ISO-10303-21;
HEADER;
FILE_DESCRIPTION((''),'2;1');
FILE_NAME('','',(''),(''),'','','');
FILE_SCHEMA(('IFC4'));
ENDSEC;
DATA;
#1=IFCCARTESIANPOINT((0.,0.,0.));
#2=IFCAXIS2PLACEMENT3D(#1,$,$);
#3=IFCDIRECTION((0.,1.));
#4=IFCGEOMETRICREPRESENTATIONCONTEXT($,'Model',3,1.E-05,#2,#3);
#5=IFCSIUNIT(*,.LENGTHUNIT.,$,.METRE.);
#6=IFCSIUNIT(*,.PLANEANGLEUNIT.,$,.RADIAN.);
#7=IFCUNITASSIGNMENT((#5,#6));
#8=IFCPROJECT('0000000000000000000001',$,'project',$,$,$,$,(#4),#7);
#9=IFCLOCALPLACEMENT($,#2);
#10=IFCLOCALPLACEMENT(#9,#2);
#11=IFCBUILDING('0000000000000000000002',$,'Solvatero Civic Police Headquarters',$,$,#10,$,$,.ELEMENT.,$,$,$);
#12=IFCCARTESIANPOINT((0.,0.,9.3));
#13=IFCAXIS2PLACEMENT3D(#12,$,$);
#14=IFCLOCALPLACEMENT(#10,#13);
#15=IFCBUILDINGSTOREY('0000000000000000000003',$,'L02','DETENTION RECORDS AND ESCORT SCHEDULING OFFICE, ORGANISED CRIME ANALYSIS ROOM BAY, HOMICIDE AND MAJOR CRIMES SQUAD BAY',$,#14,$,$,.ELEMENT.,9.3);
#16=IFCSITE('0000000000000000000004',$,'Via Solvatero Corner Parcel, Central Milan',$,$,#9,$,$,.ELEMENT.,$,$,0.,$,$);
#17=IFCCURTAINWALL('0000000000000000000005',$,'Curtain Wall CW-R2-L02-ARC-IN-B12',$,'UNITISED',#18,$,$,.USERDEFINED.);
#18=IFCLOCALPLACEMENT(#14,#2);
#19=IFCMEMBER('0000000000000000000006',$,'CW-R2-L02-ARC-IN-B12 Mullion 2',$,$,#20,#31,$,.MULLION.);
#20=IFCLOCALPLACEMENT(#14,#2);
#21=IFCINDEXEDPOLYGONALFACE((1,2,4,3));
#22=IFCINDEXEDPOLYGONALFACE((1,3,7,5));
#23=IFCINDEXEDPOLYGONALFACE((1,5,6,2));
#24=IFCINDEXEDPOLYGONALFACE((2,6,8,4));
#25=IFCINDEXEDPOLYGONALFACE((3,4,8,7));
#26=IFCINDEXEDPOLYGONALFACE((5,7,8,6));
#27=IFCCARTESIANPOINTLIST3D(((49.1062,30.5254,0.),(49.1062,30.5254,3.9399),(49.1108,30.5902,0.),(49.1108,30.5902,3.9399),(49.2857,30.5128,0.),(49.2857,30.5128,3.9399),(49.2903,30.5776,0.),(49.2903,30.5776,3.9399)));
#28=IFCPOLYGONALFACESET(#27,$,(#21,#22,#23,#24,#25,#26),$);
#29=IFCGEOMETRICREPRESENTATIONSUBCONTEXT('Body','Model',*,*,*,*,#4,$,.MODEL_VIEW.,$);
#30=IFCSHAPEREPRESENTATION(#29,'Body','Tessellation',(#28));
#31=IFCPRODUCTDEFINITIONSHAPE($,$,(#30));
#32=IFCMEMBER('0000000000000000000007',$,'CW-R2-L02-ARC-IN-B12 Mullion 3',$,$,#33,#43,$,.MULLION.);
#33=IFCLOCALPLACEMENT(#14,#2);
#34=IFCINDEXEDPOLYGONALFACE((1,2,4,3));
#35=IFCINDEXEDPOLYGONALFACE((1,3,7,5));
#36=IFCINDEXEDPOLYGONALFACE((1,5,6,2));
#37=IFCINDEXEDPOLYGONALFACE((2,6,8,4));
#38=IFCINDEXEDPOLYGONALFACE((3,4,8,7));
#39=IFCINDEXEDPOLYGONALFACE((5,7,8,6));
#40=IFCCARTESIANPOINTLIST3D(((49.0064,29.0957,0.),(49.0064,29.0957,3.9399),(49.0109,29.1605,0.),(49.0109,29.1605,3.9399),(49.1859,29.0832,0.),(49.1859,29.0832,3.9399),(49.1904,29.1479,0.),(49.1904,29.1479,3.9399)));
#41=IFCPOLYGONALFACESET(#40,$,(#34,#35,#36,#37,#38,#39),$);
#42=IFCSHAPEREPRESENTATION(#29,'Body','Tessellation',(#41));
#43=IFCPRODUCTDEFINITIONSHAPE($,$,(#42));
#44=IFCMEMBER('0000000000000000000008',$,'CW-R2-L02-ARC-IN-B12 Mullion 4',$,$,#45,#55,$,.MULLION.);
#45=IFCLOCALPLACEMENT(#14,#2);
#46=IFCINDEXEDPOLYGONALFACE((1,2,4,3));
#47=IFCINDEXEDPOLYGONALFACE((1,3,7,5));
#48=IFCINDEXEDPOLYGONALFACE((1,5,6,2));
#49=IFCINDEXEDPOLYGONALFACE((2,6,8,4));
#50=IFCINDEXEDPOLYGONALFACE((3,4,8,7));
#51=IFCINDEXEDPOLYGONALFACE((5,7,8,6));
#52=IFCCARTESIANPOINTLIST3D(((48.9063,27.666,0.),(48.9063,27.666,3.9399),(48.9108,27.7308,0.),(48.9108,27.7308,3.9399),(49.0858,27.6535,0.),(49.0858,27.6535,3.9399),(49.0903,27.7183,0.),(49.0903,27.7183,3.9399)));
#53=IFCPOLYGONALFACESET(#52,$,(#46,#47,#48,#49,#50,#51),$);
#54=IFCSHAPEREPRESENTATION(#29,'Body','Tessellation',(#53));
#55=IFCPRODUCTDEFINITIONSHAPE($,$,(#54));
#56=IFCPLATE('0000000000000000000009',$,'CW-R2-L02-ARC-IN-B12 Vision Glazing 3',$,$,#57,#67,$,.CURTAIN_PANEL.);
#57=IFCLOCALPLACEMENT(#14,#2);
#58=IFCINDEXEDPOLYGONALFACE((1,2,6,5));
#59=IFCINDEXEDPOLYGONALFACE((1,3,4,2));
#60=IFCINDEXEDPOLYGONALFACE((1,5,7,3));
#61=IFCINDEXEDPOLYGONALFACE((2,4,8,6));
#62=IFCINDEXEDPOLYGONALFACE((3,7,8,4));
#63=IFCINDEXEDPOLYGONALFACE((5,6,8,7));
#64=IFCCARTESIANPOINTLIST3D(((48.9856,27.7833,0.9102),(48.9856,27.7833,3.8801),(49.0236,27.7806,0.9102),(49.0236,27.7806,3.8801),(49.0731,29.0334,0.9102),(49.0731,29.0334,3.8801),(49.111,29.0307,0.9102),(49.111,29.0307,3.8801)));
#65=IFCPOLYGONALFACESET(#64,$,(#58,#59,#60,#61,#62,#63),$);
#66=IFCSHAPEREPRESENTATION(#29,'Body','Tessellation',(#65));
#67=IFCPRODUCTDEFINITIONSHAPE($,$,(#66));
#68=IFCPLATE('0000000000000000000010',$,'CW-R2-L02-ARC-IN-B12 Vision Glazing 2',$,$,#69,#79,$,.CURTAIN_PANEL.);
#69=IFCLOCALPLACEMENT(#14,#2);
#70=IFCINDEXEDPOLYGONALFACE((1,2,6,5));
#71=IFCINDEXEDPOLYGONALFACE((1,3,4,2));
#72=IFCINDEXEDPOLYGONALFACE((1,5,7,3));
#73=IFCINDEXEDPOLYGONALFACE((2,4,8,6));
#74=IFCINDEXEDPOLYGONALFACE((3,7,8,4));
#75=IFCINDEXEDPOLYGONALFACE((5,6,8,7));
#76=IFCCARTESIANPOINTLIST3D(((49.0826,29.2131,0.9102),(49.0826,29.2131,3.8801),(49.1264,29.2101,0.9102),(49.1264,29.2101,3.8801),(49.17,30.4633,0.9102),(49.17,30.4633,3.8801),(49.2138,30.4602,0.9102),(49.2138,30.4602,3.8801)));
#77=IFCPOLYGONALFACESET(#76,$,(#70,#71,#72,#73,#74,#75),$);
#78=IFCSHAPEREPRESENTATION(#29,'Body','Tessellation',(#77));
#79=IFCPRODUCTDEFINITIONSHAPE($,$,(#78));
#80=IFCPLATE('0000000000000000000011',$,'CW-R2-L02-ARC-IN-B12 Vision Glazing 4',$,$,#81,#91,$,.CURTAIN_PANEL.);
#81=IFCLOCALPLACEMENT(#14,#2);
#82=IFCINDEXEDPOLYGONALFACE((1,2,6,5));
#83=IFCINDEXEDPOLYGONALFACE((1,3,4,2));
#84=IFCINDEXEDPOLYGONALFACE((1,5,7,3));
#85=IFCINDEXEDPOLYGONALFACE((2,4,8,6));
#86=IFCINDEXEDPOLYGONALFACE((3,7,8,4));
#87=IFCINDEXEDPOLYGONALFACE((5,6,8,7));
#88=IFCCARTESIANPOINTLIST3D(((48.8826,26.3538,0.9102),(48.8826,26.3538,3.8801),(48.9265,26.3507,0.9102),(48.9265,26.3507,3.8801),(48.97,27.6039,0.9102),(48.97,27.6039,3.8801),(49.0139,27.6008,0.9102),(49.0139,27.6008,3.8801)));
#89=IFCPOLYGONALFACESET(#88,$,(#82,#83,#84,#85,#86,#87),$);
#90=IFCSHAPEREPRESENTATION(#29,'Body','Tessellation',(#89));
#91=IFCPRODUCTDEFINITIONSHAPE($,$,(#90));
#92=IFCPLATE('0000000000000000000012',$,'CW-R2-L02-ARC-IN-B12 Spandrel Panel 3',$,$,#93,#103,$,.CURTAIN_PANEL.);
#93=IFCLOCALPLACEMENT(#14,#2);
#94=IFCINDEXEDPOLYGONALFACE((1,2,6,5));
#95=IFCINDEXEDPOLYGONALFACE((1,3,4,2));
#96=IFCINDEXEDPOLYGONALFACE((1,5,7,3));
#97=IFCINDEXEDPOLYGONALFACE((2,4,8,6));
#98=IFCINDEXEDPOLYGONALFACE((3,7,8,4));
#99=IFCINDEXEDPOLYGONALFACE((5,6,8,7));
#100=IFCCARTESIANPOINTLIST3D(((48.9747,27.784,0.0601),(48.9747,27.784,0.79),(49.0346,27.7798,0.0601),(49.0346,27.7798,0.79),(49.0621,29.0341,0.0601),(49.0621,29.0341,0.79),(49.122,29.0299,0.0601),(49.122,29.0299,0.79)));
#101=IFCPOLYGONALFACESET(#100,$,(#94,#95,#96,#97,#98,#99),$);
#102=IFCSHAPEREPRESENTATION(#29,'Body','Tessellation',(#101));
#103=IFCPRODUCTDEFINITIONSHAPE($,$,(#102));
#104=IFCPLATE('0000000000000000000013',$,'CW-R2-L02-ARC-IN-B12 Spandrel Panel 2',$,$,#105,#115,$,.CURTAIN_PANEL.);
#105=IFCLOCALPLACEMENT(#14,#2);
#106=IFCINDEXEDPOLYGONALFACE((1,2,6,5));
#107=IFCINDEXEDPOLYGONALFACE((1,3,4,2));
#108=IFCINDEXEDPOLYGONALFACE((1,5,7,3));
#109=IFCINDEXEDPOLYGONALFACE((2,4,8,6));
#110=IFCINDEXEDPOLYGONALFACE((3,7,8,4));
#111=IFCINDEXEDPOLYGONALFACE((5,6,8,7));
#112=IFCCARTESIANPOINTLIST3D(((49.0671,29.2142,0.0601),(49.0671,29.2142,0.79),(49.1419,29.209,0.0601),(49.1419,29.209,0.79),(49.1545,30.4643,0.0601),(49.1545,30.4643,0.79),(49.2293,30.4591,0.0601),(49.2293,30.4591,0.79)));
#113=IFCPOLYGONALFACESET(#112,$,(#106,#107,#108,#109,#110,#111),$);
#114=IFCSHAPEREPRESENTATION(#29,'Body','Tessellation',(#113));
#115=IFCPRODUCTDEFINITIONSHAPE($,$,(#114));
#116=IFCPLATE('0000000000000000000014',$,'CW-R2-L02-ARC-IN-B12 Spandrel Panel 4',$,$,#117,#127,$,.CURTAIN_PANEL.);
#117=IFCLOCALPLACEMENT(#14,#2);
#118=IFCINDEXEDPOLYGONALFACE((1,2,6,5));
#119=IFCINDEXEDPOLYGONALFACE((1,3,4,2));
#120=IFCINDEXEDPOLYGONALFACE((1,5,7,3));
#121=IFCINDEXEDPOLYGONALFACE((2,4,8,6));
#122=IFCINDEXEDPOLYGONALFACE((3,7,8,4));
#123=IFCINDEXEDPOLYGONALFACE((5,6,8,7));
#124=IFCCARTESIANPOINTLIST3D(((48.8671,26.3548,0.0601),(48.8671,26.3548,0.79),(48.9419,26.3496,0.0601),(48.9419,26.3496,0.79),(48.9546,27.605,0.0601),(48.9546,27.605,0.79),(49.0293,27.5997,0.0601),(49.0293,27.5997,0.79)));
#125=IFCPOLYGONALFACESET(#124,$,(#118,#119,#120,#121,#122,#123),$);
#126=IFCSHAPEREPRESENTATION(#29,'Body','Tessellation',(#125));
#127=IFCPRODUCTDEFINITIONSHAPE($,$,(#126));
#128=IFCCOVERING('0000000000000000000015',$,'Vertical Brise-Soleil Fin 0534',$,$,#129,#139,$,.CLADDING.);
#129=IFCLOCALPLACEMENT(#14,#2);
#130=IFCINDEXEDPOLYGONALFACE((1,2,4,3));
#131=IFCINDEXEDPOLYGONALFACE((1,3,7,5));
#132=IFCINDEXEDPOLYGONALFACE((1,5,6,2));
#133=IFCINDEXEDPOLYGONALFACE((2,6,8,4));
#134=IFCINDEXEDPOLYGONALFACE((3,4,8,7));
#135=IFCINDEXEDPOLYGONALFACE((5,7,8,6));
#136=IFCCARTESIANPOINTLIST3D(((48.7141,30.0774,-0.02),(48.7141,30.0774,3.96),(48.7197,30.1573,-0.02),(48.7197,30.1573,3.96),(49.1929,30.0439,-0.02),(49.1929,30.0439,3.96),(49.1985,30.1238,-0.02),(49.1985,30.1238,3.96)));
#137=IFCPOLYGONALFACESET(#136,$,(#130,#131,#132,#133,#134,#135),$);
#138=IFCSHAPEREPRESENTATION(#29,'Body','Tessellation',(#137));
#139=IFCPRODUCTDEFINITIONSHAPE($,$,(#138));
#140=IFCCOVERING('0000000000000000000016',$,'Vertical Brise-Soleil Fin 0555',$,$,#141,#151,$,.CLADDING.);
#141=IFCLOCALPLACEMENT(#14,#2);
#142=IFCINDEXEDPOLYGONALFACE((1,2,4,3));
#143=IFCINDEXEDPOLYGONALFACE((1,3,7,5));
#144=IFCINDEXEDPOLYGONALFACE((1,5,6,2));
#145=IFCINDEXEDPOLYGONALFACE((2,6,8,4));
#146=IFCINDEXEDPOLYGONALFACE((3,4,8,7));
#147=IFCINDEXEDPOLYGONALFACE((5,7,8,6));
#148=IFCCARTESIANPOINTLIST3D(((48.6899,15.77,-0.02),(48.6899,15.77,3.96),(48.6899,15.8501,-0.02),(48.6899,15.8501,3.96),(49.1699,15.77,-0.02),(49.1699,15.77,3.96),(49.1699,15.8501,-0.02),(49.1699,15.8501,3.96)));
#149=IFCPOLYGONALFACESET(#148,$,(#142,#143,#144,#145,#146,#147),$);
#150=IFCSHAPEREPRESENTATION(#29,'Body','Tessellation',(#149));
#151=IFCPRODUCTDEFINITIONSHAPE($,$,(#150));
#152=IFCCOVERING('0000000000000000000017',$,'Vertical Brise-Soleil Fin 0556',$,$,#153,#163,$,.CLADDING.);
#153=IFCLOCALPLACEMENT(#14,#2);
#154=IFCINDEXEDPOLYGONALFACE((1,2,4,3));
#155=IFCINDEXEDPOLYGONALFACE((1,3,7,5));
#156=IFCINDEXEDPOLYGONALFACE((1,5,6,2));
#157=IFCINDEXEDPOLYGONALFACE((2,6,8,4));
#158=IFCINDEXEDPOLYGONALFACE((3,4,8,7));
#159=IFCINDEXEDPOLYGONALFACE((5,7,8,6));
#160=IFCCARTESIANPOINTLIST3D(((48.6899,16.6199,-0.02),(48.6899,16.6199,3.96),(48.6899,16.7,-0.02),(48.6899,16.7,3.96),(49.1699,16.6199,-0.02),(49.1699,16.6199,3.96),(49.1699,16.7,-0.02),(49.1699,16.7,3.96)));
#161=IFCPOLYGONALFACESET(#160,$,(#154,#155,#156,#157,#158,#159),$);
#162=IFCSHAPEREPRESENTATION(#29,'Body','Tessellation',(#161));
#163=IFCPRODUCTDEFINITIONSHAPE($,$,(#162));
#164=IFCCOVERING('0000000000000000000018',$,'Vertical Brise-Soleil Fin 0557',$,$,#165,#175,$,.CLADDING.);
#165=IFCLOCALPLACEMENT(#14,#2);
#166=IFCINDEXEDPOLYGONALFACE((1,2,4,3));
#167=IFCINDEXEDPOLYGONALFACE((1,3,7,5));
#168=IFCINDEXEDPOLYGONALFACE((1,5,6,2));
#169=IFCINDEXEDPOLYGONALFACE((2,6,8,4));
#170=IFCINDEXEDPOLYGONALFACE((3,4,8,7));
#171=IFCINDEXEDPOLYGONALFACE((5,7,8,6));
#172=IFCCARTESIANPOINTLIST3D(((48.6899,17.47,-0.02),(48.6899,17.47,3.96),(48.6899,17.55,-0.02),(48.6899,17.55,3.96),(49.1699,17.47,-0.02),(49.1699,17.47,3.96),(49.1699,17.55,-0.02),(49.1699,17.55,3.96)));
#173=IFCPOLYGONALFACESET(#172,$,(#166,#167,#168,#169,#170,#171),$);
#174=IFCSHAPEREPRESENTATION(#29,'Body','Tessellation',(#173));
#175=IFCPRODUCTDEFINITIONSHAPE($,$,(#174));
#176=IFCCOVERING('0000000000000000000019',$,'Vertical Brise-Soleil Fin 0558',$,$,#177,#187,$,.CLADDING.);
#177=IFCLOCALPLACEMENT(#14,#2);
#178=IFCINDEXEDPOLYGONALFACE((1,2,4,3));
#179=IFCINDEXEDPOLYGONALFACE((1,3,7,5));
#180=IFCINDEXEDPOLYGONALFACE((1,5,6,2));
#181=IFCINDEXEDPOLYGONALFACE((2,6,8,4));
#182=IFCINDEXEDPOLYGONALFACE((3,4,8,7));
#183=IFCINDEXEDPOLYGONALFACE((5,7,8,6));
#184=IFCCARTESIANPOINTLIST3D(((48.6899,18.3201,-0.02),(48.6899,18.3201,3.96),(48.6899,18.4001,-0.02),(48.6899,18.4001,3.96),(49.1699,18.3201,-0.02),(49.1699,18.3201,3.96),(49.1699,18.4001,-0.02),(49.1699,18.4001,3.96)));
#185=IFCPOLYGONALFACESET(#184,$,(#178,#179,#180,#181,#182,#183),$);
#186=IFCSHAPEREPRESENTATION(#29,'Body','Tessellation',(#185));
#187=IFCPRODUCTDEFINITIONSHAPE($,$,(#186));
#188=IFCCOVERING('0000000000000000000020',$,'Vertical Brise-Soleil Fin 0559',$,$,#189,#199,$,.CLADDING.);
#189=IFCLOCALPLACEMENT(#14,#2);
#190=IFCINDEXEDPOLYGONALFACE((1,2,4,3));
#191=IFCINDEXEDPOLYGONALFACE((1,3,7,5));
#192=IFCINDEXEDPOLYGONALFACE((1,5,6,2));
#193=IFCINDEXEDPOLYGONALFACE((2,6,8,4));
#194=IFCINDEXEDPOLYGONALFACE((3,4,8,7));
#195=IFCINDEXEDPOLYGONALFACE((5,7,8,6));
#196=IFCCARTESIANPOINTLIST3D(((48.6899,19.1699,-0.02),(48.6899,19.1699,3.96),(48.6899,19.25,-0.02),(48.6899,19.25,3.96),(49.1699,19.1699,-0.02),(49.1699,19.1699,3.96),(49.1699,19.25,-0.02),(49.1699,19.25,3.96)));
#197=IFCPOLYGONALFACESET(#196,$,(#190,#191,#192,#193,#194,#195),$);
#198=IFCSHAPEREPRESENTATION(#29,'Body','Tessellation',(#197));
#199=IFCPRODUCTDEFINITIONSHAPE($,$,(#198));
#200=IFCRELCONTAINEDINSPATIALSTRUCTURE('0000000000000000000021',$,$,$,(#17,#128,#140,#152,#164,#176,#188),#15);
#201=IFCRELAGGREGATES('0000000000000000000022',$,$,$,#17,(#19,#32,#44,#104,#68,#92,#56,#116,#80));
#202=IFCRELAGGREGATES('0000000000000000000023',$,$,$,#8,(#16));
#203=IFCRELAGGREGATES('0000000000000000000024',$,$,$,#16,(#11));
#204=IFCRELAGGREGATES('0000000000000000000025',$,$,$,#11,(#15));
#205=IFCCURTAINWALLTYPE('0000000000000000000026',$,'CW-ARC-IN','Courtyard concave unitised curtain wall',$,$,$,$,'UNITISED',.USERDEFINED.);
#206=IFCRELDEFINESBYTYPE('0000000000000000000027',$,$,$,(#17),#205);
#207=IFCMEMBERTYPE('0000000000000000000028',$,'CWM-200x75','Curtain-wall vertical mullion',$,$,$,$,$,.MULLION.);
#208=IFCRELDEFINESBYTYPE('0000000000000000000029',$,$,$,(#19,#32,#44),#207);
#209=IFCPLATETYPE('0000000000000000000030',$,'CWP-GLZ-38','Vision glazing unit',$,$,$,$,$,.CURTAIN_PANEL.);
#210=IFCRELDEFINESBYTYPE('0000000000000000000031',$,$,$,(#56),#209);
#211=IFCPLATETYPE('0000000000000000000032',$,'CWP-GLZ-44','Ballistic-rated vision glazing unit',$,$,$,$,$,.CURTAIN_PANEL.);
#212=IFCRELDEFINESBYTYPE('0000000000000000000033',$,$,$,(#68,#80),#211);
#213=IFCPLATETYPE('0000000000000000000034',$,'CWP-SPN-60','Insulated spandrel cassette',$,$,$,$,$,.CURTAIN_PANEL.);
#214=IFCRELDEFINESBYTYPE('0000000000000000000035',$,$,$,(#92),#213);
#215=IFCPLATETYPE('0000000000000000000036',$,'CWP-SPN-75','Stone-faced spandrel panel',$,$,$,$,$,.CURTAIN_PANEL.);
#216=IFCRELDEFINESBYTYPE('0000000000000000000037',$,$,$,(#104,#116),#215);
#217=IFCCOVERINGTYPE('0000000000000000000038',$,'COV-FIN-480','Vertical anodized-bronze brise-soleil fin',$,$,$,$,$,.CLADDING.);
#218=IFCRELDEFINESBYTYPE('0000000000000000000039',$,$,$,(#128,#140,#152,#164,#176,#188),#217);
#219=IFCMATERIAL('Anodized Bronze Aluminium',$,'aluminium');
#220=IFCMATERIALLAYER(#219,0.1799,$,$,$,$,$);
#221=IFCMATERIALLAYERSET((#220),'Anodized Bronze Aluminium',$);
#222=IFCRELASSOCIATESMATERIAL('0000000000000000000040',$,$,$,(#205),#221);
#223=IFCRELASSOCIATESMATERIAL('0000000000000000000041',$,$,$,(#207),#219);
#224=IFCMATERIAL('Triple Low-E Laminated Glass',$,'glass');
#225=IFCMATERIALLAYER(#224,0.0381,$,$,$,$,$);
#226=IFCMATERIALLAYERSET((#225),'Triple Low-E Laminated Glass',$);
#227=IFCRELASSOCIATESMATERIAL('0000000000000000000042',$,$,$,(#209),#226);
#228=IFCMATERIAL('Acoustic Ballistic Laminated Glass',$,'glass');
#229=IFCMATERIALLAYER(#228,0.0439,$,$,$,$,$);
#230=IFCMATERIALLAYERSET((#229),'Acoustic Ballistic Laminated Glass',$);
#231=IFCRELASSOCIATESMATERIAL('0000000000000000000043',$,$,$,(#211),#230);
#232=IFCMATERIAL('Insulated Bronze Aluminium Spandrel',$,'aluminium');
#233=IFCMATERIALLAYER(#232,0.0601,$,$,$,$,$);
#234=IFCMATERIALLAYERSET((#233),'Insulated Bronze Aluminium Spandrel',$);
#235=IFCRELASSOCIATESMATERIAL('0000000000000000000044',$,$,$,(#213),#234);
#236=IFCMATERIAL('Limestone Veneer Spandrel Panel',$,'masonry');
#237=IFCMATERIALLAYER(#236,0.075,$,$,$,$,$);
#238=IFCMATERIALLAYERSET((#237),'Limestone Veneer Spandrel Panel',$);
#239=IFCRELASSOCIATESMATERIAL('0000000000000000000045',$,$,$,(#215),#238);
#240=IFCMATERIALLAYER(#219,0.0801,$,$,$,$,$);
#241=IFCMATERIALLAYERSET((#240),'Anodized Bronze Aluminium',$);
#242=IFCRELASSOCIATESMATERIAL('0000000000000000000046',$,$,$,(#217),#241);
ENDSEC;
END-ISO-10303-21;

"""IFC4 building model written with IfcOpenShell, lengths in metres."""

from ifc_helpers import new_model, si_unit, direction, frame, origin, origin_2d, place, context, subcontext, project, spatial, rectangle, extrude, material, layer, layer_set, material_profile, profile_set, type_object, element, aggregate, save


model = new_model("IFC4")

# Units and contexts
model_context = context("Model", 3, precision=1e-05, world=origin(), true_north=direction((0.0, 1.0)))
body_context = subcontext(model_context, "Body", "Model", "MODEL_VIEW")
ifc_project = project(units=[si_unit("LENGTHUNIT", "METRE"), si_unit("PLANEANGLEUNIT", "RADIAN")], contexts=[model_context])

# Site, building, storey
site_placement = place(None, origin())
site = spatial("IfcSite", under=ifc_project, at=site_placement, Name="Via Solvatero Corner Parcel, Central Milan", CompositionType="ELEMENT", RefElevation=0.0)
building_placement = place(site_placement, origin())
building = spatial("IfcBuilding", under=site, at=building_placement, Name="Solvatero Civic Police Headquarters", CompositionType="ELEMENT")
storey_placement = place(building_placement, frame((0.0, 0.0, 9.3)))
storey = spatial("IfcBuildingStorey", under=building, at=storey_placement, Name="L02", Description="DETENTION RECORDS AND ESCORT SCHEDULING OFFICE, ORGANISED CRIME ANALYSIS ROOM BAY, HOMICIDE AND MAJOR CRIMES SQUAD BAY", CompositionType="ELEMENT", Elevation=9.3)

# Curtain wall, members, plates
ifc_material_1 = material(Name="Anodized Bronze Aluminium", Category="aluminium")
ifc_layer_1 = layer(ifc_material_1, 0.1799)
ifc_layer_set_1 = layer_set([ifc_layer_1], Name="Anodized Bronze Aluminium")
curtain_wall_type = type_object("IfcCurtainWallType", Name="CW-ARC-IN", Description="Courtyard concave unitised curtain wall", ElementType="UNITISED", PredefinedType="USERDEFINED", material=ifc_layer_set_1)
curtain_wall_placement = place(storey_placement, origin())
curtain_wall = element("IfcCurtainWall", 1, at=curtain_wall_placement, inside=storey, type_object=curtain_wall_type, Name="Curtain Wall CW-R2-L02-ARC-IN-B12", ObjectType="UNITISED", PredefinedType="USERDEFINED")
ifc_material_profile = material_profile(ifc_material_1, rectangle(XDim=0.0649, YDim=0.1799, at=origin_2d()), Name="ALU MULLION 65x180")
ifc_profile_set = profile_set([ifc_material_profile], Name="Anodized Bronze Aluminium")
member_type = type_object("IfcMemberType", Name="CWM-200x75", Description="Curtain-wall vertical mullion", PredefinedType="MULLION", material=ifc_profile_set)
member_1_placement = place(storey_placement, frame((49.1982, 30.5515, 0.0), z_axis=(0.0, 0.0, 1.0), x_axis=(-0.069756, -0.997564, 0.0)))
member_1 = element("IfcMember", 2, at=member_1_placement, type_object=member_type, Name="CW-R2-L02-ARC-IN-B12 Mullion 2", PredefinedType="MULLION", context=body_context, shape_type="SweptSolid", body=[
    extrude(rectangle(XDim=0.0649, YDim=0.1799, at=origin_2d()), origin(), (0.0, 0.0, 1.0), 3.9399),
])
member_2_placement = place(storey_placement, frame((49.0984, 29.1218, 0.0), z_axis=(0.0, 0.0, 1.0), x_axis=(-0.069756, -0.997564, 0.0)))
member_2 = element("IfcMember", 3, at=member_2_placement, type_object=member_type, Name="CW-R2-L02-ARC-IN-B12 Mullion 3", PredefinedType="MULLION", context=body_context, shape_type="SweptSolid", body=[
    extrude(rectangle(XDim=0.0649, YDim=0.1799, at=origin_2d()), origin(), (0.0, 0.0, 1.0), 3.9399),
])
member_3_placement = place(storey_placement, frame((48.9983, 27.6921, 0.0), z_axis=(0.0, 0.0, 1.0), x_axis=(-0.069756, -0.997564, 0.0)))
member_3 = element("IfcMember", 4, at=member_3_placement, type_object=member_type, Name="CW-R2-L02-ARC-IN-B12 Mullion 4", PredefinedType="MULLION", context=body_context, shape_type="SweptSolid", body=[
    extrude(rectangle(XDim=0.0649, YDim=0.1799, at=origin_2d()), origin(), (0.0, 0.0, 1.0), 3.9399),
])
ifc_material_2 = material(Name="Triple Low-E Laminated Glass", Category="glass")
ifc_layer_2 = layer(ifc_material_2, 0.0381)
ifc_layer_set_2 = layer_set([ifc_layer_2], Name="Triple Low-E Laminated Glass")
plate_type_1 = type_object("IfcPlateType", Name="CWP-GLZ-38", Description="Vision glazing unit", PredefinedType="CURTAIN_PANEL", material=ifc_layer_set_2)
plate_1_placement = place(storey_placement, frame((49.0483, 28.407, 0.9102), z_axis=(0.0, 0.0, 1.0), x_axis=(-0.069756, -0.997564, 0.0)))
plate_1 = element("IfcPlate", 5, at=plate_1_placement, type_object=plate_type_1, Name="CW-R2-L02-ARC-IN-B12 Vision Glazing 3", PredefinedType="CURTAIN_PANEL", context=body_context, shape_type="SweptSolid", body=[
    extrude(rectangle(XDim=1.2532, YDim=0.0381, at=origin_2d()), origin(), (0.0, 0.0, 1.0), 2.97),
])
ifc_material_3 = material(Name="Acoustic Ballistic Laminated Glass", Category="glass")
ifc_layer_3 = layer(ifc_material_3, 0.0439)
ifc_layer_set_3 = layer_set([ifc_layer_3], Name="Acoustic Ballistic Laminated Glass")
plate_type_2 = type_object("IfcPlateType", Name="CWP-GLZ-44", Description="Ballistic-rated vision glazing unit", PredefinedType="CURTAIN_PANEL", material=ifc_layer_set_3)
plate_2_placement = place(storey_placement, frame((49.1482, 29.8367, 0.9102), z_axis=(0.0, 0.0, 1.0), x_axis=(-0.069756, -0.997564, 0.0)))
plate_2 = element("IfcPlate", 6, at=plate_2_placement, type_object=plate_type_2, Name="CW-R2-L02-ARC-IN-B12 Vision Glazing 2", PredefinedType="CURTAIN_PANEL", context=body_context, shape_type="SweptSolid", body=[
    extrude(rectangle(XDim=1.2532, YDim=0.0439, at=origin_2d()), origin(), (0.0, 0.0, 1.0), 2.97),
])
plate_3_placement = place(storey_placement, frame((48.9482, 26.9773, 0.9102), z_axis=(0.0, 0.0, 1.0), x_axis=(-0.069756, -0.997564, 0.0)))
plate_3 = element("IfcPlate", 7, at=plate_3_placement, type_object=plate_type_2, Name="CW-R2-L02-ARC-IN-B12 Vision Glazing 4", PredefinedType="CURTAIN_PANEL", context=body_context, shape_type="SweptSolid", body=[
    extrude(rectangle(XDim=1.2532, YDim=0.0439, at=origin_2d()), origin(), (0.0, 0.0, 1.0), 2.97),
])
ifc_material_4 = material(Name="Insulated Bronze Aluminium Spandrel", Category="aluminium")
ifc_layer_4 = layer(ifc_material_4, 0.0601)
ifc_layer_set_4 = layer_set([ifc_layer_4], Name="Insulated Bronze Aluminium Spandrel")
plate_type_3 = type_object("IfcPlateType", Name="CWP-SPN-60", Description="Insulated spandrel cassette", PredefinedType="CURTAIN_PANEL", material=ifc_layer_set_4)
plate_4_placement = place(storey_placement, frame((49.0483, 28.407, 0.0601), z_axis=(0.0, 0.0, 1.0), x_axis=(-0.069756, -0.997564, 0.0)))
plate_4 = element("IfcPlate", 8, at=plate_4_placement, type_object=plate_type_3, Name="CW-R2-L02-ARC-IN-B12 Spandrel Panel 3", PredefinedType="CURTAIN_PANEL", context=body_context, shape_type="SweptSolid", body=[
    extrude(rectangle(XDim=1.2532, YDim=0.0601, at=origin_2d()), origin(), (0.0, 0.0, 1.0), 0.73),
])
ifc_material_5 = material(Name="Limestone Veneer Spandrel Panel", Category="masonry")
ifc_layer_5 = layer(ifc_material_5, 0.075)
ifc_layer_set_5 = layer_set([ifc_layer_5], Name="Limestone Veneer Spandrel Panel")
plate_type_4 = type_object("IfcPlateType", Name="CWP-SPN-75", Description="Stone-faced spandrel panel", PredefinedType="CURTAIN_PANEL", material=ifc_layer_set_5)
plate_5_placement = place(storey_placement, frame((49.1482, 29.8367, 0.0601), z_axis=(0.0, 0.0, 1.0), x_axis=(-0.069756, -0.997564, 0.0)))
plate_5 = element("IfcPlate", 9, at=plate_5_placement, type_object=plate_type_4, Name="CW-R2-L02-ARC-IN-B12 Spandrel Panel 2", PredefinedType="CURTAIN_PANEL", context=body_context, shape_type="SweptSolid", body=[
    extrude(rectangle(XDim=1.2532, YDim=0.075, at=origin_2d()), origin(), (0.0, 0.0, 1.0), 0.73),
])
plate_6_placement = place(storey_placement, frame((48.9482, 26.9773, 0.0601), z_axis=(0.0, 0.0, 1.0), x_axis=(-0.069756, -0.997564, 0.0)))
plate_6 = element("IfcPlate", 10, at=plate_6_placement, type_object=plate_type_4, Name="CW-R2-L02-ARC-IN-B12 Spandrel Panel 4", PredefinedType="CURTAIN_PANEL", context=body_context, shape_type="SweptSolid", body=[
    extrude(rectangle(XDim=1.2532, YDim=0.075, at=origin_2d()), origin(), (0.0, 0.0, 1.0), 0.73),
])
aggregate(curtain_wall, [member_1, member_2, member_3, plate_5, plate_2, plate_4, plate_1, plate_6, plate_3])

# Coverings
ifc_layer_6 = layer(ifc_material_1, 0.0801)
ifc_layer_set_6 = layer_set([ifc_layer_6], Name="Anodized Bronze Aluminium")
covering_type = type_object("IfcCoveringType", Name="COV-FIN-480", Description="Vertical anodized-bronze brise-soleil fin", PredefinedType="CLADDING", material=ifc_layer_set_6)
for number, where, z_axis, x_axis, name in (
    (11, (48.9563, 30.1006, -0.02), (0.0, 0.0, 1.0), (-0.069756, -0.997564, 0.0), "Vertical Brise-Soleil Fin 0534"),
    (12, (48.9299, 15.8101, -0.02), (0.0, 0.0, 1.0), (0.0, 1.0, 0.0), "Vertical Brise-Soleil Fin 0555"),
    (13, (48.9299, 16.6599, -0.02), (0.0, 0.0, 1.0), (0.0, 1.0, 0.0), "Vertical Brise-Soleil Fin 0556"),
    (14, (48.9299, 17.51, -0.02), (0.0, 0.0, 1.0), (0.0, 1.0, 0.0), "Vertical Brise-Soleil Fin 0557"),
    (15, (48.9299, 18.3601, -0.02), (0.0, 0.0, 1.0), (0.0, 1.0, 0.0), "Vertical Brise-Soleil Fin 0558"),
    (16, (48.9299, 19.21, -0.02), (0.0, 0.0, 1.0), (0.0, 1.0, 0.0), "Vertical Brise-Soleil Fin 0559"),
):
    element("IfcCovering", number, at=place(storey_placement, frame(where, z_axis=z_axis, x_axis=x_axis)), inside=storey, type_object=covering_type, Name=name, PredefinedType="CLADDING", context=body_context, shape_type="SweptSolid", body=[
        extrude(rectangle(XDim=0.0801, YDim=0.48, at=origin_2d()), origin(), (0.0, 0.0, 1.0), 3.98),
    ])

save(model, "model.ifc")
